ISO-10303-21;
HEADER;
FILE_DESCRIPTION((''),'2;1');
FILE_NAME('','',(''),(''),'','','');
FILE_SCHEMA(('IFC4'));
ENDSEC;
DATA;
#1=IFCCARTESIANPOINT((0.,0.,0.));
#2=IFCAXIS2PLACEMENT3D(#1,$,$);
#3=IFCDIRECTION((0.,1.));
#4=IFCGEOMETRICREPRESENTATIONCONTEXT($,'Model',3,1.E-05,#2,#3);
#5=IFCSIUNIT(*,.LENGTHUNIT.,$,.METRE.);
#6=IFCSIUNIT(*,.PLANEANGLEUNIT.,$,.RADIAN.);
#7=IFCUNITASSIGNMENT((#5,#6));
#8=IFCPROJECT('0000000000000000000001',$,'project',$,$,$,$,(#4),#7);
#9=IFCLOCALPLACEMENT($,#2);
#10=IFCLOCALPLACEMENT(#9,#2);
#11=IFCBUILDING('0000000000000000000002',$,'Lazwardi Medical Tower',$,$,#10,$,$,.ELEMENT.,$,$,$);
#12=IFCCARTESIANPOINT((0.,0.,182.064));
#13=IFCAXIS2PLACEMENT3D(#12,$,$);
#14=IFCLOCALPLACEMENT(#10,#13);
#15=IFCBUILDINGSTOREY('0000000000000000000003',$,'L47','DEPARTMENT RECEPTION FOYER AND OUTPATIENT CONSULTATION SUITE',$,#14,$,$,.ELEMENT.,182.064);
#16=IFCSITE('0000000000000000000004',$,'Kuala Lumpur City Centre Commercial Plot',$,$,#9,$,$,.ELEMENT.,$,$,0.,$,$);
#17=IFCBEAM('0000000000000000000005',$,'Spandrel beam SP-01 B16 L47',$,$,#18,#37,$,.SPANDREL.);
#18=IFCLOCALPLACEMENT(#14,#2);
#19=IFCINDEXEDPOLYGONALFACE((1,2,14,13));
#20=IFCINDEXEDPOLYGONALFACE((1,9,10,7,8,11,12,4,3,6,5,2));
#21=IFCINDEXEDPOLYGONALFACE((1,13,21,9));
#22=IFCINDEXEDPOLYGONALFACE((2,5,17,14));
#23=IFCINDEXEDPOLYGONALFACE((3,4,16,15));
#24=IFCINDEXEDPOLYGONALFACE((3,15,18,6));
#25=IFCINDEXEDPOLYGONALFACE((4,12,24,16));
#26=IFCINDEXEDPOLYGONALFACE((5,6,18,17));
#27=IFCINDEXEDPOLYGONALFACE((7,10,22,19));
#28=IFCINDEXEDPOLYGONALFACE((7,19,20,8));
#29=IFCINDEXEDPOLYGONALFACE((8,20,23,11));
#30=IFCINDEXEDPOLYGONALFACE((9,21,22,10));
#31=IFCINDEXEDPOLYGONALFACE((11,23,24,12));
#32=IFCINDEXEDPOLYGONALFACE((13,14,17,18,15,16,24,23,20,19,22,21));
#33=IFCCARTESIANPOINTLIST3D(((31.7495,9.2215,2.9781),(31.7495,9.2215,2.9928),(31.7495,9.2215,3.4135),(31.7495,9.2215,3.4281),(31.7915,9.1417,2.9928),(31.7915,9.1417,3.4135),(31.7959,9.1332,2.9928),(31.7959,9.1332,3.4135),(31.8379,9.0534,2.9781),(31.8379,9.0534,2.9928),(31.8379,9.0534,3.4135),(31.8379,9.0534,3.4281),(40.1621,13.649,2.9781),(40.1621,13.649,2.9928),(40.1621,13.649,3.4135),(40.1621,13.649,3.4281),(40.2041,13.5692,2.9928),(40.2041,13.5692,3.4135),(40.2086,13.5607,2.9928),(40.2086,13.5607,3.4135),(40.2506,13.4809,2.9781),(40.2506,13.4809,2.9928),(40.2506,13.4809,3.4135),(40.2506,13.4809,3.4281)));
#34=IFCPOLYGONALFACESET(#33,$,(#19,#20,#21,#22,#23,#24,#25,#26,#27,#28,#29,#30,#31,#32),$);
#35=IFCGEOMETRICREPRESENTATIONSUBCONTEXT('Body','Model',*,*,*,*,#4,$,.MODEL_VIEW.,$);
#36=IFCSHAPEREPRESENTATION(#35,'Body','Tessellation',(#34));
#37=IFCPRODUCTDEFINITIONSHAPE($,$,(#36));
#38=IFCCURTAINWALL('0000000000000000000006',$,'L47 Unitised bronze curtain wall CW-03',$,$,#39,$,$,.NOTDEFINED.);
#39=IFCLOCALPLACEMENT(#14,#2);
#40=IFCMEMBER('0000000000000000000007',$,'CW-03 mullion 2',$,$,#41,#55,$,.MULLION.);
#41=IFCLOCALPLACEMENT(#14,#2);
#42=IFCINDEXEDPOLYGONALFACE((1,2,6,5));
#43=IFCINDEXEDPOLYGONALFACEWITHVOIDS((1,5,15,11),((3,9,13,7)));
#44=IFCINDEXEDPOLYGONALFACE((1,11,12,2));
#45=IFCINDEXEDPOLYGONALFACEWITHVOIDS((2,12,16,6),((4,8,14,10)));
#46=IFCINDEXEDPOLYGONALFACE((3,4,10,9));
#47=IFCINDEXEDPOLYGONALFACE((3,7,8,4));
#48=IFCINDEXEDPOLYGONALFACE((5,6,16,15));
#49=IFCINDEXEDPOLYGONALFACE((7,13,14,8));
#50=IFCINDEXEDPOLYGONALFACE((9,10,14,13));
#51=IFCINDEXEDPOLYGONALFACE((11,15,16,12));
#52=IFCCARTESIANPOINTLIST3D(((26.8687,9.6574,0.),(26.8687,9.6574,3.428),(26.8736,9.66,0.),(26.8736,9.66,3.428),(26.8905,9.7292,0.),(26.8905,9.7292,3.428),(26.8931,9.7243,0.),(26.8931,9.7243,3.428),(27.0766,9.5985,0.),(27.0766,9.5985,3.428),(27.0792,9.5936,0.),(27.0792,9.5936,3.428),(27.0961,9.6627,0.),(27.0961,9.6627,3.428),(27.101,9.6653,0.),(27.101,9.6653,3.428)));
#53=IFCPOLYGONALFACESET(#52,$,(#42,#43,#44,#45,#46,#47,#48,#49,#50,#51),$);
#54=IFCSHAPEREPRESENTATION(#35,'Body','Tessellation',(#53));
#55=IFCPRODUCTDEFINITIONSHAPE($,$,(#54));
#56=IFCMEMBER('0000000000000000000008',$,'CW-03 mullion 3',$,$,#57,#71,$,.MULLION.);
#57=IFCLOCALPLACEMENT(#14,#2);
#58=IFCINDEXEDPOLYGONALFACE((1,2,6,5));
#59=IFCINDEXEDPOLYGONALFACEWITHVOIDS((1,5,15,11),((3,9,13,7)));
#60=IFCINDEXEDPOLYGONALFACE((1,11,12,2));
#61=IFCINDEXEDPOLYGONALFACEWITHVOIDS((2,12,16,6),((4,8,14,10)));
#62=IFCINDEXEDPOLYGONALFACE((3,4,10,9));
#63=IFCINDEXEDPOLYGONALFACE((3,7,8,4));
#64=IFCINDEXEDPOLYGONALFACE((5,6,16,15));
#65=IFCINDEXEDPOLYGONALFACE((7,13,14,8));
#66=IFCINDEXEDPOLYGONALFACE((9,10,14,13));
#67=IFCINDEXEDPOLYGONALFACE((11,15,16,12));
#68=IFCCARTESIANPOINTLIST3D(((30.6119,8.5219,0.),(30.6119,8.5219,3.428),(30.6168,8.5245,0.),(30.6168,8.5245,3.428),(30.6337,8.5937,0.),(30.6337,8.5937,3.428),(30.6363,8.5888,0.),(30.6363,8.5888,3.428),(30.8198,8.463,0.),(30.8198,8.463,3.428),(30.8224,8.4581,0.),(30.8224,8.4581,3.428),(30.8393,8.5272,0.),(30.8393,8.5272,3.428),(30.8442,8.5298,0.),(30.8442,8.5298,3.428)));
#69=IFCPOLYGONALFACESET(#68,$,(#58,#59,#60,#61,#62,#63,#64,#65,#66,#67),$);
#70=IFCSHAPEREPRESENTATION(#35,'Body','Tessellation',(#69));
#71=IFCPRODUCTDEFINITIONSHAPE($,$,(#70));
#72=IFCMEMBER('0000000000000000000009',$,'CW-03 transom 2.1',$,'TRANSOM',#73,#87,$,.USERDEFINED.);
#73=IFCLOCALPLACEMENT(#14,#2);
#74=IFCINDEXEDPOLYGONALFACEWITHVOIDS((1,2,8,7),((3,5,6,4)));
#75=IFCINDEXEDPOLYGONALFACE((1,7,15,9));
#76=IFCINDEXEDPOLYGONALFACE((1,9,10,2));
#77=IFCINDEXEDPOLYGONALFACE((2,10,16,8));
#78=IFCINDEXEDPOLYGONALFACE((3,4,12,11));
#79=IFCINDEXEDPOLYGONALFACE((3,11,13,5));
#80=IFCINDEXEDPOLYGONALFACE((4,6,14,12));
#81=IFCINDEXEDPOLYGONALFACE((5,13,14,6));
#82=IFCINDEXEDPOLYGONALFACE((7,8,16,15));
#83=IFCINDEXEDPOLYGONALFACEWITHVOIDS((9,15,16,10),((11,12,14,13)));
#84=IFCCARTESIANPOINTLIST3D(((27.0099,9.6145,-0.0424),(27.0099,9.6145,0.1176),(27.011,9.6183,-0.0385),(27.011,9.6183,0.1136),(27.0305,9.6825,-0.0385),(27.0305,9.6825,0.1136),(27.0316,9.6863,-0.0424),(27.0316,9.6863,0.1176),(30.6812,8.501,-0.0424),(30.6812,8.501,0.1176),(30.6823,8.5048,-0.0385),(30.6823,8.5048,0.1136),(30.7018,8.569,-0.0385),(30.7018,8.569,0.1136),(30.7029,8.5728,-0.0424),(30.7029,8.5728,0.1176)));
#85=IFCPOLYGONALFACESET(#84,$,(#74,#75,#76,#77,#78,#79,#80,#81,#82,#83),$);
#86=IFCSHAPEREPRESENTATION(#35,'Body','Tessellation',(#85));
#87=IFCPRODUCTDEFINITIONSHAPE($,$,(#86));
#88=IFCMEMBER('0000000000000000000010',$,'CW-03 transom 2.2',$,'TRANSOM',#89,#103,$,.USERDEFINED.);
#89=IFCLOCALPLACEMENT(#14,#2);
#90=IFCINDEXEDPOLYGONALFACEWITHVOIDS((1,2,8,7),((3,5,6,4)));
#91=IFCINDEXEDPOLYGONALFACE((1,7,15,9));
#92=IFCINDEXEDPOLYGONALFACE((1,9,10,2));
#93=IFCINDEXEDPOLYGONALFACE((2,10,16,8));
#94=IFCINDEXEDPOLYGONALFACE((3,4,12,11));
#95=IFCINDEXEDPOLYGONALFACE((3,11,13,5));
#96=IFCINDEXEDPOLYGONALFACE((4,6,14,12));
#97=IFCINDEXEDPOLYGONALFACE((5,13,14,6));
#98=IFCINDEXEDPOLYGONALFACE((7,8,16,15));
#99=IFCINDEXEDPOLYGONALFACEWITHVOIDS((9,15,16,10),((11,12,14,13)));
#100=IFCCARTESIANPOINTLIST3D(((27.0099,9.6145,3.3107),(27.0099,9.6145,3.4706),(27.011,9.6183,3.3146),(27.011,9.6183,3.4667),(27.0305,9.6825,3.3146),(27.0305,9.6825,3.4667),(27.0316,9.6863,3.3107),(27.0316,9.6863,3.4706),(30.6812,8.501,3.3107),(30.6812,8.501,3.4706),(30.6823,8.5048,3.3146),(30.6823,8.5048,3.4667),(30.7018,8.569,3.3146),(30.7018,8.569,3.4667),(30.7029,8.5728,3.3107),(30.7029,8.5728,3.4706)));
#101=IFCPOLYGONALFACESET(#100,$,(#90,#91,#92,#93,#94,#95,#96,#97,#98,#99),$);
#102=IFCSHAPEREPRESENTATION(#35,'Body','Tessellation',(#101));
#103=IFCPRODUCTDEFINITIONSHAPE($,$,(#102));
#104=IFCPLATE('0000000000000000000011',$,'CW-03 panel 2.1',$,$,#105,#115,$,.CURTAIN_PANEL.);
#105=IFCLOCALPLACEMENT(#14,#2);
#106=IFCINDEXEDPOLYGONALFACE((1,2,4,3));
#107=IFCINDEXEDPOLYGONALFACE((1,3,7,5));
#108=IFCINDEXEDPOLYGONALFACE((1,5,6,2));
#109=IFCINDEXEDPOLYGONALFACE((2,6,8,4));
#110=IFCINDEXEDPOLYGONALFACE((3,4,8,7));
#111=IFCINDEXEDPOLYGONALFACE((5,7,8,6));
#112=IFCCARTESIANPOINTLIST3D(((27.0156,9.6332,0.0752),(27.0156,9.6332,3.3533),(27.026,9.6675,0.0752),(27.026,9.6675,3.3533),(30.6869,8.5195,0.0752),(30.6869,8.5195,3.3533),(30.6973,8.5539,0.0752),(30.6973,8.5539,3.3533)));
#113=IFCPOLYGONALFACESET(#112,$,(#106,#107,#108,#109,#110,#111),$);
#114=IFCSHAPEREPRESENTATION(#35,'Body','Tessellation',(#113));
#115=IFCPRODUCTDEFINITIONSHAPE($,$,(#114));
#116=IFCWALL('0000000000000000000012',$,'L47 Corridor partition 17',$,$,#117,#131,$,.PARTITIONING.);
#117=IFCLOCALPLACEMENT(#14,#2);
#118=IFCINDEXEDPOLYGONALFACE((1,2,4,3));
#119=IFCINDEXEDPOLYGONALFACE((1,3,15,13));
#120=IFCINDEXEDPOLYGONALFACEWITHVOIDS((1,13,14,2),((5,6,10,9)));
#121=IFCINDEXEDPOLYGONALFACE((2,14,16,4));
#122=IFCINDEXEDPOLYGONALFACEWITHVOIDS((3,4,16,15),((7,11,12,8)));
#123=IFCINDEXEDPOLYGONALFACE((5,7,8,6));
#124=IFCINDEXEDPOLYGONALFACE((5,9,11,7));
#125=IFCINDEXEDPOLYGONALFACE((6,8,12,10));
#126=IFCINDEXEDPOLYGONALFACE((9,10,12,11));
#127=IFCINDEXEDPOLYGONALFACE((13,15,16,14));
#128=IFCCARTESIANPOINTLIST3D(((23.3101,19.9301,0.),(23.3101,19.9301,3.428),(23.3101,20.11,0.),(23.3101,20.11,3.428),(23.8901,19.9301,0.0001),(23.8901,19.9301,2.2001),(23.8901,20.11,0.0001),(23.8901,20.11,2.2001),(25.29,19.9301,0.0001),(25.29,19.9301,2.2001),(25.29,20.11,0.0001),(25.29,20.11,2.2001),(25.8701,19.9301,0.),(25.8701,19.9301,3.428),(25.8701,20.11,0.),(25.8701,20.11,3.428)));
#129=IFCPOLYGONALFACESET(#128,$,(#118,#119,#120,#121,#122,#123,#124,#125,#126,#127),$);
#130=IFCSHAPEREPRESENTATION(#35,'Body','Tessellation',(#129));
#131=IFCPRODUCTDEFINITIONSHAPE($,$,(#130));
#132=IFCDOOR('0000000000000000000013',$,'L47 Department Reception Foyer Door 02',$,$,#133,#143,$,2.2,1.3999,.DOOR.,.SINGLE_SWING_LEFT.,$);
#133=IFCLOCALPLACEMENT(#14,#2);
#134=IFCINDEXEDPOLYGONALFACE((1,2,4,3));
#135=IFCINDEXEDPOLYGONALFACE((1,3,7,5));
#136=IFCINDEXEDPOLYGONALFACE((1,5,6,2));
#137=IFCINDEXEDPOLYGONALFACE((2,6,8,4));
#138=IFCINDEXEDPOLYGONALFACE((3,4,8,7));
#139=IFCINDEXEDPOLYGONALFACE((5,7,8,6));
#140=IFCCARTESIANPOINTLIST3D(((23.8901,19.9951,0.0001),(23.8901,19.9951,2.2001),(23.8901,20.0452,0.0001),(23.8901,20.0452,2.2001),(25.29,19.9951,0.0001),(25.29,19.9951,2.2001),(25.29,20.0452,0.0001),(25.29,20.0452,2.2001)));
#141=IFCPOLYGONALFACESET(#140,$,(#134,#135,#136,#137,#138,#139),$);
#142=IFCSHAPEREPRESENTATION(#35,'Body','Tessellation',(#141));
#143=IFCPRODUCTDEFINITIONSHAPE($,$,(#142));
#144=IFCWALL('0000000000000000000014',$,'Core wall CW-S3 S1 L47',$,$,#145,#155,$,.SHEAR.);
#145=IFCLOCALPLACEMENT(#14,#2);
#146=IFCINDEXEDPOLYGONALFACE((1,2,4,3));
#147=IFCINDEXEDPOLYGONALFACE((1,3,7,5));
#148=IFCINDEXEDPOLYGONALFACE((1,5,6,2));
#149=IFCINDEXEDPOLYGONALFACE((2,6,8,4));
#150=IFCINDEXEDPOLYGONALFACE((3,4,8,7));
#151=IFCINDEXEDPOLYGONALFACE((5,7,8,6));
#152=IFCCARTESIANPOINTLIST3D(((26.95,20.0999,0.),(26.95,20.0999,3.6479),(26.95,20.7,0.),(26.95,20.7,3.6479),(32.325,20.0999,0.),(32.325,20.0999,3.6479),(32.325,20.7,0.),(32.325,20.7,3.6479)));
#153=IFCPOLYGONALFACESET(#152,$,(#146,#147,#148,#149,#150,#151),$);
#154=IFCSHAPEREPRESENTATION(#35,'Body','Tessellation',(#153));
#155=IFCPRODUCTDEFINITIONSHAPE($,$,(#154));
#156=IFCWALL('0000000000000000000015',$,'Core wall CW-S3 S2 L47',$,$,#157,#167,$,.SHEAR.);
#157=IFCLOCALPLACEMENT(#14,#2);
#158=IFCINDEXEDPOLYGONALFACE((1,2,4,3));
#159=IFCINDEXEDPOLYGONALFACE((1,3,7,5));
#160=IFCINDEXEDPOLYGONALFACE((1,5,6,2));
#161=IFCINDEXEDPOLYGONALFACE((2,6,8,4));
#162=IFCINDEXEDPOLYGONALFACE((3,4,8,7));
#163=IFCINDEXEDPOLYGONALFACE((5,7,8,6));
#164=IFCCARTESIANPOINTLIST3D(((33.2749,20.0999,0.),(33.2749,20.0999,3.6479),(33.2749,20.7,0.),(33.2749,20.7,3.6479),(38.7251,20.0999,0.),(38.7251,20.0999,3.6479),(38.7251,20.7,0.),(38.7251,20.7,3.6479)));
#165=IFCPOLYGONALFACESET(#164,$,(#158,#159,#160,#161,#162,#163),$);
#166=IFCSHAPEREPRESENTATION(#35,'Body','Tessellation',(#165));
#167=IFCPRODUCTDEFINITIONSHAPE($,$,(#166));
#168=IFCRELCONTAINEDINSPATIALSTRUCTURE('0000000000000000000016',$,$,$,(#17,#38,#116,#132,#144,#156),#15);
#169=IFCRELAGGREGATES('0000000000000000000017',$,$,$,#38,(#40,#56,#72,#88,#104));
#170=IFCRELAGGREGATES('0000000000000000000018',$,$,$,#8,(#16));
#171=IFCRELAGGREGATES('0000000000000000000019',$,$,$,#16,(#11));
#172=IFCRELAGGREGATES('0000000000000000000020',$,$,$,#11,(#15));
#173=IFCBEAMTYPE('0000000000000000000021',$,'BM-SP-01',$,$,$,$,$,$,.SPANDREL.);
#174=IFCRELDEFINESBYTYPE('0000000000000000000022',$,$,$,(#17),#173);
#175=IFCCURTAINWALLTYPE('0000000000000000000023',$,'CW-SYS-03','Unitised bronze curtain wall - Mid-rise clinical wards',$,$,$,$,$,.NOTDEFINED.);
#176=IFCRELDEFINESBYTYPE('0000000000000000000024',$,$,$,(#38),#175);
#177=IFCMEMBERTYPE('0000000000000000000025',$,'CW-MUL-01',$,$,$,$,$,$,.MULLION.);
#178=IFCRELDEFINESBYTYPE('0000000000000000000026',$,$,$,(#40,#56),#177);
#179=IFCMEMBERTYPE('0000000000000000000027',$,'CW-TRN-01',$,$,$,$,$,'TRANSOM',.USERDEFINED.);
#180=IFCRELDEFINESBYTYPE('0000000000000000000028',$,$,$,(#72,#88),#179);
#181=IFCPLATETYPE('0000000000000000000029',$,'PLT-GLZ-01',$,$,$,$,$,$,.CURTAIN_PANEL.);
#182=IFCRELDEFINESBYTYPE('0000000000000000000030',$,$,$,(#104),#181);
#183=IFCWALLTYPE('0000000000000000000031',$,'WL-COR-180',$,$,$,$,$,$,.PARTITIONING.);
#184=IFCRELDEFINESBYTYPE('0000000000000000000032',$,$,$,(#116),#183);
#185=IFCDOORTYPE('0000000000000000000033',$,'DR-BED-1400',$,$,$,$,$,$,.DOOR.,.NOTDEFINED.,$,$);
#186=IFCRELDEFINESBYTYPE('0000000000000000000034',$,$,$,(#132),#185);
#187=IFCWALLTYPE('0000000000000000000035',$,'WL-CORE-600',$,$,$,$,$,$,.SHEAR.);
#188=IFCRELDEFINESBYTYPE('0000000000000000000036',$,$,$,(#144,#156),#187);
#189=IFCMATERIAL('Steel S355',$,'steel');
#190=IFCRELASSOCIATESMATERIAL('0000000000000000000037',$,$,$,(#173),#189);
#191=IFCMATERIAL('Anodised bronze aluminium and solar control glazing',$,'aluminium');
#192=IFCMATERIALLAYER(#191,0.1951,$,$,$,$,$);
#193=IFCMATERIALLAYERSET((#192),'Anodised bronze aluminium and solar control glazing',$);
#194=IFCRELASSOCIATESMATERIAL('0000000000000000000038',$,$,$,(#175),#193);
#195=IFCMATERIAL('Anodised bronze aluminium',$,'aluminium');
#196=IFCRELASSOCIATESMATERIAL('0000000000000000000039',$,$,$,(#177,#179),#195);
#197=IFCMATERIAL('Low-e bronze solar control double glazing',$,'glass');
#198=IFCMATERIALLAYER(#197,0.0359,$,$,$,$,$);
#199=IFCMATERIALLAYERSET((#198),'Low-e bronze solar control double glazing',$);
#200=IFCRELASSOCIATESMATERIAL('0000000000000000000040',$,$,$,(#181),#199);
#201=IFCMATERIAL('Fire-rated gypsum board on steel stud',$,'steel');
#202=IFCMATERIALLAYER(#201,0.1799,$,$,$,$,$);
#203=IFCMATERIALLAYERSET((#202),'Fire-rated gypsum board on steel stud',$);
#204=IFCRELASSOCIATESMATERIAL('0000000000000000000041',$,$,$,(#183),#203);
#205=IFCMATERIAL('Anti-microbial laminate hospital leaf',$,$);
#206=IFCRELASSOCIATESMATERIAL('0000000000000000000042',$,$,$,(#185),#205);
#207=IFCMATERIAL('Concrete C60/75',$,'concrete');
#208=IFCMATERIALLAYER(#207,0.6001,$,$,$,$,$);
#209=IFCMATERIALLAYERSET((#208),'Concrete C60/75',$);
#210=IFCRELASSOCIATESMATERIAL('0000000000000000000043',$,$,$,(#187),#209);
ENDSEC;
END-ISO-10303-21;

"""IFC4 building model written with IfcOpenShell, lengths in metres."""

from ifc_helpers import new_model, si_unit, direction, frame, frame_2d, origin, origin_2d, place, context, subcontext, project, spatial, rectangle, hollow_rectangle, i_section, extrude, material, layer, layer_set, material_profile, profile_set, type_object, element, fill, aggregate, save


model = new_model("IFC4")

# Units and contexts
model_context = context("Model", 3, precision=1e-05, world=origin(), true_north=direction((0.0, 1.0)))
body_context = subcontext(model_context, "Body", "Model", "MODEL_VIEW")
ifc_project = project(units=[si_unit("LENGTHUNIT", "METRE"), si_unit("PLANEANGLEUNIT", "RADIAN")], contexts=[model_context])

# Site, building, storey
site_placement = place(None, origin())
site = spatial("IfcSite", under=ifc_project, at=site_placement, Name="Kuala Lumpur City Centre Commercial Plot", CompositionType="ELEMENT", RefElevation=0.0)
building_placement = place(site_placement, origin())
building = spatial("IfcBuilding", under=site, at=building_placement, Name="Lazwardi Medical Tower", CompositionType="ELEMENT")
storey_placement = place(building_placement, frame((0.0, 0.0, 182.064)))
storey = spatial("IfcBuildingStorey", under=building, at=storey_placement, Name="L47", Description="DEPARTMENT RECEPTION FOYER AND OUTPATIENT CONSULTATION SUITE", CompositionType="ELEMENT", Elevation=182.064)

# Shared definitions
ifc_material_1 = material(Name="Concrete C60/75", Category="concrete")

# Beam
ifc_material_2 = material(Name="Steel S355", Category="steel")
ifc_material_profile_1 = material_profile(ifc_material_2, i_section(OverallWidth=0.1899, OverallDepth=0.45, WebThickness=0.0095, FlangeThickness=0.0146, at=origin_2d()), Name="IPE 450")
ifc_profile_set_1 = profile_set([ifc_material_profile_1], Name="Steel S355")
beam_type_1 = type_object("IfcBeamType", Name="BM-SP-01", PredefinedType="SPANDREL", material=ifc_profile_set_1)
beam_1_placement = place(storey_placement, frame((31.7937, 9.1375, 3.2031), z_axis=(0.884927, 0.465731, 0.0), x_axis=(-0.465731, 0.884927, 0.0)))
element("IfcBeam", 1, at=beam_1_placement, inside=storey, type_object=beam_type_1, Name="Spandrel beam SP-01 B16 L47", PredefinedType="SPANDREL", context=body_context, shape_type="SweptSolid", body=[
    extrude(i_section(OverallWidth=0.1899, OverallDepth=0.45, WebThickness=0.0095, FlangeThickness=0.0146, at=origin_2d()), origin(), (0.0, 0.0, 1.0), 9.5066),
])

# Curtain wall, members, plate
ifc_material_3 = material(Name="Anodised bronze aluminium and solar control glazing", Category="aluminium")
ifc_layer_1 = layer(ifc_material_3, 0.1951)
ifc_layer_set_1 = layer_set([ifc_layer_1], Name="Anodised bronze aluminium and solar control glazing")
curtain_wall_type = type_object("IfcCurtainWallType", Name="CW-SYS-03", Description="Unitised bronze curtain wall - Mid-rise clinical wards", PredefinedType="NOTDEFINED", material=ifc_layer_set_1)
curtain_wall_placement = place(storey_placement, origin())
curtain_wall = element("IfcCurtainWall", 2, at=curtain_wall_placement, inside=storey, type_object=curtain_wall_type, Name="L47 Unitised bronze curtain wall CW-03", PredefinedType="NOTDEFINED")
ifc_material_4 = material(Name="Anodised bronze aluminium", Category="aluminium")
ifc_material_profile_2 = material_profile(ifc_material_4, hollow_rectangle(XDim=0.075, YDim=0.22, WallThickness=0.0039, at=origin_2d()), Name="ALU-MULLION 220x75x4")
ifc_profile_set_2 = profile_set([ifc_material_profile_2], Name="Anodised bronze aluminium")
member_type_1 = type_object("IfcMemberType", Name="CW-MUL-01", PredefinedType="MULLION", material=ifc_profile_set_2)
member_1_placement = place(storey_placement, frame((26.9849, 9.6614, 0.0), z_axis=(0.0, 0.0, 1.0), x_axis=(0.290281, 0.956942, 0.0)))
member_1 = element("IfcMember", 3, at=member_1_placement, type_object=member_type_1, Name="CW-03 mullion 2", PredefinedType="MULLION", context=body_context, shape_type="SweptSolid", body=[
    extrude(hollow_rectangle(XDim=0.075, YDim=0.22, WallThickness=0.0039, at=origin_2d()), origin(), (0.0, 0.0, 1.0), 3.428),
])
member_2_placement = place(storey_placement, frame((30.728, 8.5259, 0.0), z_axis=(0.0, 0.0, 1.0), x_axis=(0.290281, 0.956942, 0.0)))
member_2 = element("IfcMember", 4, at=member_2_placement, type_object=member_type_1, Name="CW-03 mullion 3", PredefinedType="MULLION", context=body_context, shape_type="SweptSolid", body=[
    extrude(hollow_rectangle(XDim=0.075, YDim=0.22, WallThickness=0.0039, at=origin_2d()), origin(), (0.0, 0.0, 1.0), 3.428),
])
ifc_material_profile_3 = material_profile(ifc_material_4, hollow_rectangle(XDim=0.075, YDim=0.1599, WallThickness=0.0039, at=origin_2d()), Name="ALU-TRANSOM 160x75x4")
ifc_profile_set_3 = profile_set([ifc_material_profile_3], Name="Anodised bronze aluminium")
member_type_2 = type_object("IfcMemberType", Name="CW-TRN-01", ElementType="TRANSOM", PredefinedType="USERDEFINED", material=ifc_profile_set_3)
member_3_placement = place(storey_placement, frame((27.0208, 9.6504, 0.0376), z_axis=(0.956953, -0.290242, 0.0), x_axis=(0.290242, 0.956953, 0.0)))
member_3 = element("IfcMember", 5, at=member_3_placement, type_object=member_type_2, Name="CW-03 transom 2.1", ObjectType="TRANSOM", PredefinedType="USERDEFINED", context=body_context, shape_type="SweptSolid", body=[
    extrude(hollow_rectangle(XDim=0.075, YDim=0.1599, WallThickness=0.0039, at=origin_2d()), origin(), (0.0, 0.0, 1.0), 3.8364),
])
member_4_placement = place(storey_placement, frame((27.0208, 9.6504, 3.3906), z_axis=(0.956953, -0.290242, 0.0), x_axis=(0.290242, 0.956953, 0.0)))
member_4 = element("IfcMember", 6, at=member_4_placement, type_object=member_type_2, Name="CW-03 transom 2.2", ObjectType="TRANSOM", PredefinedType="USERDEFINED", context=body_context, shape_type="SweptSolid", body=[
    extrude(hollow_rectangle(XDim=0.075, YDim=0.1599, WallThickness=0.0039, at=origin_2d()), origin(), (0.0, 0.0, 1.0), 3.8364),
])
ifc_material_5 = material(Name="Low-e bronze solar control double glazing", Category="glass")
ifc_layer_2 = layer(ifc_material_5, 0.0359)
ifc_layer_set_2 = layer_set([ifc_layer_2], Name="Low-e bronze solar control double glazing")
plate_type = type_object("IfcPlateType", Name="PLT-GLZ-01", PredefinedType="CURTAIN_PANEL", material=ifc_layer_set_2)
plate_placement = place(storey_placement, frame((28.8564, 9.0935, 0.0752), z_axis=(0.0, 0.0, 1.0), x_axis=(0.956942, -0.290281, 0.0)))
plate = element("IfcPlate", 7, at=plate_placement, type_object=plate_type, Name="CW-03 panel 2.1", PredefinedType="CURTAIN_PANEL", context=body_context, shape_type="SweptSolid", body=[
    extrude(rectangle(XDim=3.8364, YDim=0.0359, at=origin_2d()), origin(), (0.0, 0.0, 1.0), 3.2781),
])
aggregate(curtain_wall, [member_1, member_2, member_3, member_4, plate])

# Wall, opening, door
ifc_material_6 = material(Name="Fire-rated gypsum board on steel stud", Category="steel")
ifc_layer_3 = layer(ifc_material_6, 0.1799)
ifc_layer_set_3 = layer_set([ifc_layer_3], Name="Fire-rated gypsum board on steel stud")
wall_type_1 = type_object("IfcWallType", Name="WL-COR-180", PredefinedType="PARTITIONING", material=ifc_layer_set_3)
wall_1_placement = place(storey_placement, frame((25.8701, 20.02, 0.0), z_axis=(0.0, 0.0, 1.0), x_axis=(-1.0, 0.0, 0.0)))
wall_1 = element("IfcWall", 8, at=wall_1_placement, inside=storey, type_object=wall_type_1, Name="L47 Corridor partition 17", PredefinedType="PARTITIONING", context=body_context, shape_type="SweptSolid", body=[
    extrude(rectangle(XDim=2.5601, YDim=0.1799, at=frame_2d((1.28, 0.0))), origin(), (0.0, 0.0, 1.0), 3.428),
])
opening_1_placement = place(wall_1_placement, frame((0.5801, 0.0, 0.0)))
opening_1 = element("IfcOpeningElement", 9, at=opening_1_placement, cuts=wall_1, PredefinedType="OPENING", context=body_context, shape_type="SweptSolid", body=[
    extrude(rectangle(XDim=1.3999, YDim=2.2, at=frame_2d((0.7, 1.1001))), frame((0.0, 0.0999, 0.0), z_axis=(0.0, -1.0, 0.0), x_axis=(1.0, 0.0, 0.0)), (0.0, 0.0, 1.0), 0.2),
])
ifc_material_7 = material(Name="Anti-microbial laminate hospital leaf")
door_type_1 = type_object("IfcDoorType", Name="DR-BED-1400", OperationType="NOTDEFINED", PredefinedType="DOOR", material=ifc_material_7)
door_1_placement = place(opening_1_placement, origin())
door_1 = element("IfcDoor", 10, at=door_1_placement, inside=storey, type_object=door_type_1, Name="L47 Department Reception Foyer Door 02", OperationType="SINGLE_SWING_LEFT", OverallHeight=2.2, OverallWidth=1.3999, PredefinedType="DOOR", context=body_context, shape_type="SweptSolid", body=[
    extrude(rectangle(XDim=1.3999, YDim=2.2, at=frame_2d((0.7, 1.1001))), frame((0.0, 0.0249, 0.0), z_axis=(0.0, -1.0, 0.0), x_axis=(1.0, 0.0, 0.0)), (0.0, 0.0, 1.0), 0.05),
])
fill(opening_1, door_1)

# Shared definitions
ifc_layer_4 = layer(ifc_material_1, 0.6001)
ifc_layer_set_4 = layer_set([ifc_layer_4], Name="Concrete C60/75")
wall_type_2 = type_object("IfcWallType", Name="WL-CORE-600", PredefinedType="SHEAR", material=ifc_layer_set_4)

# Walls
wall_2_placement = place(storey_placement, frame((26.95, 20.3999, 0.0), z_axis=(0.0, 0.0, 1.0), x_axis=(1.0, 0.0, 0.0)))
element("IfcWall", 11, at=wall_2_placement, inside=storey, type_object=wall_type_2, Name="Core wall CW-S3 S1 L47", PredefinedType="SHEAR", context=body_context, shape_type="SweptSolid", body=[
    extrude(rectangle(XDim=5.375, YDim=0.6001, at=frame_2d((2.6875, 0.0))), origin(), (0.0, 0.0, 1.0), 3.6479),
])
wall_3_placement = place(storey_placement, frame((33.2749, 20.3999, 0.0), z_axis=(0.0, 0.0, 1.0), x_axis=(1.0, 0.0, 0.0)))
element("IfcWall", 12, at=wall_3_placement, inside=storey, type_object=wall_type_2, Name="Core wall CW-S3 S2 L47", PredefinedType="SHEAR", context=body_context, shape_type="SweptSolid", body=[
    extrude(rectangle(XDim=5.4502, YDim=0.6001, at=frame_2d((2.7251, 0.0))), origin(), (0.0, 0.0, 1.0), 3.6479),
])

save(model, "model.ifc")
